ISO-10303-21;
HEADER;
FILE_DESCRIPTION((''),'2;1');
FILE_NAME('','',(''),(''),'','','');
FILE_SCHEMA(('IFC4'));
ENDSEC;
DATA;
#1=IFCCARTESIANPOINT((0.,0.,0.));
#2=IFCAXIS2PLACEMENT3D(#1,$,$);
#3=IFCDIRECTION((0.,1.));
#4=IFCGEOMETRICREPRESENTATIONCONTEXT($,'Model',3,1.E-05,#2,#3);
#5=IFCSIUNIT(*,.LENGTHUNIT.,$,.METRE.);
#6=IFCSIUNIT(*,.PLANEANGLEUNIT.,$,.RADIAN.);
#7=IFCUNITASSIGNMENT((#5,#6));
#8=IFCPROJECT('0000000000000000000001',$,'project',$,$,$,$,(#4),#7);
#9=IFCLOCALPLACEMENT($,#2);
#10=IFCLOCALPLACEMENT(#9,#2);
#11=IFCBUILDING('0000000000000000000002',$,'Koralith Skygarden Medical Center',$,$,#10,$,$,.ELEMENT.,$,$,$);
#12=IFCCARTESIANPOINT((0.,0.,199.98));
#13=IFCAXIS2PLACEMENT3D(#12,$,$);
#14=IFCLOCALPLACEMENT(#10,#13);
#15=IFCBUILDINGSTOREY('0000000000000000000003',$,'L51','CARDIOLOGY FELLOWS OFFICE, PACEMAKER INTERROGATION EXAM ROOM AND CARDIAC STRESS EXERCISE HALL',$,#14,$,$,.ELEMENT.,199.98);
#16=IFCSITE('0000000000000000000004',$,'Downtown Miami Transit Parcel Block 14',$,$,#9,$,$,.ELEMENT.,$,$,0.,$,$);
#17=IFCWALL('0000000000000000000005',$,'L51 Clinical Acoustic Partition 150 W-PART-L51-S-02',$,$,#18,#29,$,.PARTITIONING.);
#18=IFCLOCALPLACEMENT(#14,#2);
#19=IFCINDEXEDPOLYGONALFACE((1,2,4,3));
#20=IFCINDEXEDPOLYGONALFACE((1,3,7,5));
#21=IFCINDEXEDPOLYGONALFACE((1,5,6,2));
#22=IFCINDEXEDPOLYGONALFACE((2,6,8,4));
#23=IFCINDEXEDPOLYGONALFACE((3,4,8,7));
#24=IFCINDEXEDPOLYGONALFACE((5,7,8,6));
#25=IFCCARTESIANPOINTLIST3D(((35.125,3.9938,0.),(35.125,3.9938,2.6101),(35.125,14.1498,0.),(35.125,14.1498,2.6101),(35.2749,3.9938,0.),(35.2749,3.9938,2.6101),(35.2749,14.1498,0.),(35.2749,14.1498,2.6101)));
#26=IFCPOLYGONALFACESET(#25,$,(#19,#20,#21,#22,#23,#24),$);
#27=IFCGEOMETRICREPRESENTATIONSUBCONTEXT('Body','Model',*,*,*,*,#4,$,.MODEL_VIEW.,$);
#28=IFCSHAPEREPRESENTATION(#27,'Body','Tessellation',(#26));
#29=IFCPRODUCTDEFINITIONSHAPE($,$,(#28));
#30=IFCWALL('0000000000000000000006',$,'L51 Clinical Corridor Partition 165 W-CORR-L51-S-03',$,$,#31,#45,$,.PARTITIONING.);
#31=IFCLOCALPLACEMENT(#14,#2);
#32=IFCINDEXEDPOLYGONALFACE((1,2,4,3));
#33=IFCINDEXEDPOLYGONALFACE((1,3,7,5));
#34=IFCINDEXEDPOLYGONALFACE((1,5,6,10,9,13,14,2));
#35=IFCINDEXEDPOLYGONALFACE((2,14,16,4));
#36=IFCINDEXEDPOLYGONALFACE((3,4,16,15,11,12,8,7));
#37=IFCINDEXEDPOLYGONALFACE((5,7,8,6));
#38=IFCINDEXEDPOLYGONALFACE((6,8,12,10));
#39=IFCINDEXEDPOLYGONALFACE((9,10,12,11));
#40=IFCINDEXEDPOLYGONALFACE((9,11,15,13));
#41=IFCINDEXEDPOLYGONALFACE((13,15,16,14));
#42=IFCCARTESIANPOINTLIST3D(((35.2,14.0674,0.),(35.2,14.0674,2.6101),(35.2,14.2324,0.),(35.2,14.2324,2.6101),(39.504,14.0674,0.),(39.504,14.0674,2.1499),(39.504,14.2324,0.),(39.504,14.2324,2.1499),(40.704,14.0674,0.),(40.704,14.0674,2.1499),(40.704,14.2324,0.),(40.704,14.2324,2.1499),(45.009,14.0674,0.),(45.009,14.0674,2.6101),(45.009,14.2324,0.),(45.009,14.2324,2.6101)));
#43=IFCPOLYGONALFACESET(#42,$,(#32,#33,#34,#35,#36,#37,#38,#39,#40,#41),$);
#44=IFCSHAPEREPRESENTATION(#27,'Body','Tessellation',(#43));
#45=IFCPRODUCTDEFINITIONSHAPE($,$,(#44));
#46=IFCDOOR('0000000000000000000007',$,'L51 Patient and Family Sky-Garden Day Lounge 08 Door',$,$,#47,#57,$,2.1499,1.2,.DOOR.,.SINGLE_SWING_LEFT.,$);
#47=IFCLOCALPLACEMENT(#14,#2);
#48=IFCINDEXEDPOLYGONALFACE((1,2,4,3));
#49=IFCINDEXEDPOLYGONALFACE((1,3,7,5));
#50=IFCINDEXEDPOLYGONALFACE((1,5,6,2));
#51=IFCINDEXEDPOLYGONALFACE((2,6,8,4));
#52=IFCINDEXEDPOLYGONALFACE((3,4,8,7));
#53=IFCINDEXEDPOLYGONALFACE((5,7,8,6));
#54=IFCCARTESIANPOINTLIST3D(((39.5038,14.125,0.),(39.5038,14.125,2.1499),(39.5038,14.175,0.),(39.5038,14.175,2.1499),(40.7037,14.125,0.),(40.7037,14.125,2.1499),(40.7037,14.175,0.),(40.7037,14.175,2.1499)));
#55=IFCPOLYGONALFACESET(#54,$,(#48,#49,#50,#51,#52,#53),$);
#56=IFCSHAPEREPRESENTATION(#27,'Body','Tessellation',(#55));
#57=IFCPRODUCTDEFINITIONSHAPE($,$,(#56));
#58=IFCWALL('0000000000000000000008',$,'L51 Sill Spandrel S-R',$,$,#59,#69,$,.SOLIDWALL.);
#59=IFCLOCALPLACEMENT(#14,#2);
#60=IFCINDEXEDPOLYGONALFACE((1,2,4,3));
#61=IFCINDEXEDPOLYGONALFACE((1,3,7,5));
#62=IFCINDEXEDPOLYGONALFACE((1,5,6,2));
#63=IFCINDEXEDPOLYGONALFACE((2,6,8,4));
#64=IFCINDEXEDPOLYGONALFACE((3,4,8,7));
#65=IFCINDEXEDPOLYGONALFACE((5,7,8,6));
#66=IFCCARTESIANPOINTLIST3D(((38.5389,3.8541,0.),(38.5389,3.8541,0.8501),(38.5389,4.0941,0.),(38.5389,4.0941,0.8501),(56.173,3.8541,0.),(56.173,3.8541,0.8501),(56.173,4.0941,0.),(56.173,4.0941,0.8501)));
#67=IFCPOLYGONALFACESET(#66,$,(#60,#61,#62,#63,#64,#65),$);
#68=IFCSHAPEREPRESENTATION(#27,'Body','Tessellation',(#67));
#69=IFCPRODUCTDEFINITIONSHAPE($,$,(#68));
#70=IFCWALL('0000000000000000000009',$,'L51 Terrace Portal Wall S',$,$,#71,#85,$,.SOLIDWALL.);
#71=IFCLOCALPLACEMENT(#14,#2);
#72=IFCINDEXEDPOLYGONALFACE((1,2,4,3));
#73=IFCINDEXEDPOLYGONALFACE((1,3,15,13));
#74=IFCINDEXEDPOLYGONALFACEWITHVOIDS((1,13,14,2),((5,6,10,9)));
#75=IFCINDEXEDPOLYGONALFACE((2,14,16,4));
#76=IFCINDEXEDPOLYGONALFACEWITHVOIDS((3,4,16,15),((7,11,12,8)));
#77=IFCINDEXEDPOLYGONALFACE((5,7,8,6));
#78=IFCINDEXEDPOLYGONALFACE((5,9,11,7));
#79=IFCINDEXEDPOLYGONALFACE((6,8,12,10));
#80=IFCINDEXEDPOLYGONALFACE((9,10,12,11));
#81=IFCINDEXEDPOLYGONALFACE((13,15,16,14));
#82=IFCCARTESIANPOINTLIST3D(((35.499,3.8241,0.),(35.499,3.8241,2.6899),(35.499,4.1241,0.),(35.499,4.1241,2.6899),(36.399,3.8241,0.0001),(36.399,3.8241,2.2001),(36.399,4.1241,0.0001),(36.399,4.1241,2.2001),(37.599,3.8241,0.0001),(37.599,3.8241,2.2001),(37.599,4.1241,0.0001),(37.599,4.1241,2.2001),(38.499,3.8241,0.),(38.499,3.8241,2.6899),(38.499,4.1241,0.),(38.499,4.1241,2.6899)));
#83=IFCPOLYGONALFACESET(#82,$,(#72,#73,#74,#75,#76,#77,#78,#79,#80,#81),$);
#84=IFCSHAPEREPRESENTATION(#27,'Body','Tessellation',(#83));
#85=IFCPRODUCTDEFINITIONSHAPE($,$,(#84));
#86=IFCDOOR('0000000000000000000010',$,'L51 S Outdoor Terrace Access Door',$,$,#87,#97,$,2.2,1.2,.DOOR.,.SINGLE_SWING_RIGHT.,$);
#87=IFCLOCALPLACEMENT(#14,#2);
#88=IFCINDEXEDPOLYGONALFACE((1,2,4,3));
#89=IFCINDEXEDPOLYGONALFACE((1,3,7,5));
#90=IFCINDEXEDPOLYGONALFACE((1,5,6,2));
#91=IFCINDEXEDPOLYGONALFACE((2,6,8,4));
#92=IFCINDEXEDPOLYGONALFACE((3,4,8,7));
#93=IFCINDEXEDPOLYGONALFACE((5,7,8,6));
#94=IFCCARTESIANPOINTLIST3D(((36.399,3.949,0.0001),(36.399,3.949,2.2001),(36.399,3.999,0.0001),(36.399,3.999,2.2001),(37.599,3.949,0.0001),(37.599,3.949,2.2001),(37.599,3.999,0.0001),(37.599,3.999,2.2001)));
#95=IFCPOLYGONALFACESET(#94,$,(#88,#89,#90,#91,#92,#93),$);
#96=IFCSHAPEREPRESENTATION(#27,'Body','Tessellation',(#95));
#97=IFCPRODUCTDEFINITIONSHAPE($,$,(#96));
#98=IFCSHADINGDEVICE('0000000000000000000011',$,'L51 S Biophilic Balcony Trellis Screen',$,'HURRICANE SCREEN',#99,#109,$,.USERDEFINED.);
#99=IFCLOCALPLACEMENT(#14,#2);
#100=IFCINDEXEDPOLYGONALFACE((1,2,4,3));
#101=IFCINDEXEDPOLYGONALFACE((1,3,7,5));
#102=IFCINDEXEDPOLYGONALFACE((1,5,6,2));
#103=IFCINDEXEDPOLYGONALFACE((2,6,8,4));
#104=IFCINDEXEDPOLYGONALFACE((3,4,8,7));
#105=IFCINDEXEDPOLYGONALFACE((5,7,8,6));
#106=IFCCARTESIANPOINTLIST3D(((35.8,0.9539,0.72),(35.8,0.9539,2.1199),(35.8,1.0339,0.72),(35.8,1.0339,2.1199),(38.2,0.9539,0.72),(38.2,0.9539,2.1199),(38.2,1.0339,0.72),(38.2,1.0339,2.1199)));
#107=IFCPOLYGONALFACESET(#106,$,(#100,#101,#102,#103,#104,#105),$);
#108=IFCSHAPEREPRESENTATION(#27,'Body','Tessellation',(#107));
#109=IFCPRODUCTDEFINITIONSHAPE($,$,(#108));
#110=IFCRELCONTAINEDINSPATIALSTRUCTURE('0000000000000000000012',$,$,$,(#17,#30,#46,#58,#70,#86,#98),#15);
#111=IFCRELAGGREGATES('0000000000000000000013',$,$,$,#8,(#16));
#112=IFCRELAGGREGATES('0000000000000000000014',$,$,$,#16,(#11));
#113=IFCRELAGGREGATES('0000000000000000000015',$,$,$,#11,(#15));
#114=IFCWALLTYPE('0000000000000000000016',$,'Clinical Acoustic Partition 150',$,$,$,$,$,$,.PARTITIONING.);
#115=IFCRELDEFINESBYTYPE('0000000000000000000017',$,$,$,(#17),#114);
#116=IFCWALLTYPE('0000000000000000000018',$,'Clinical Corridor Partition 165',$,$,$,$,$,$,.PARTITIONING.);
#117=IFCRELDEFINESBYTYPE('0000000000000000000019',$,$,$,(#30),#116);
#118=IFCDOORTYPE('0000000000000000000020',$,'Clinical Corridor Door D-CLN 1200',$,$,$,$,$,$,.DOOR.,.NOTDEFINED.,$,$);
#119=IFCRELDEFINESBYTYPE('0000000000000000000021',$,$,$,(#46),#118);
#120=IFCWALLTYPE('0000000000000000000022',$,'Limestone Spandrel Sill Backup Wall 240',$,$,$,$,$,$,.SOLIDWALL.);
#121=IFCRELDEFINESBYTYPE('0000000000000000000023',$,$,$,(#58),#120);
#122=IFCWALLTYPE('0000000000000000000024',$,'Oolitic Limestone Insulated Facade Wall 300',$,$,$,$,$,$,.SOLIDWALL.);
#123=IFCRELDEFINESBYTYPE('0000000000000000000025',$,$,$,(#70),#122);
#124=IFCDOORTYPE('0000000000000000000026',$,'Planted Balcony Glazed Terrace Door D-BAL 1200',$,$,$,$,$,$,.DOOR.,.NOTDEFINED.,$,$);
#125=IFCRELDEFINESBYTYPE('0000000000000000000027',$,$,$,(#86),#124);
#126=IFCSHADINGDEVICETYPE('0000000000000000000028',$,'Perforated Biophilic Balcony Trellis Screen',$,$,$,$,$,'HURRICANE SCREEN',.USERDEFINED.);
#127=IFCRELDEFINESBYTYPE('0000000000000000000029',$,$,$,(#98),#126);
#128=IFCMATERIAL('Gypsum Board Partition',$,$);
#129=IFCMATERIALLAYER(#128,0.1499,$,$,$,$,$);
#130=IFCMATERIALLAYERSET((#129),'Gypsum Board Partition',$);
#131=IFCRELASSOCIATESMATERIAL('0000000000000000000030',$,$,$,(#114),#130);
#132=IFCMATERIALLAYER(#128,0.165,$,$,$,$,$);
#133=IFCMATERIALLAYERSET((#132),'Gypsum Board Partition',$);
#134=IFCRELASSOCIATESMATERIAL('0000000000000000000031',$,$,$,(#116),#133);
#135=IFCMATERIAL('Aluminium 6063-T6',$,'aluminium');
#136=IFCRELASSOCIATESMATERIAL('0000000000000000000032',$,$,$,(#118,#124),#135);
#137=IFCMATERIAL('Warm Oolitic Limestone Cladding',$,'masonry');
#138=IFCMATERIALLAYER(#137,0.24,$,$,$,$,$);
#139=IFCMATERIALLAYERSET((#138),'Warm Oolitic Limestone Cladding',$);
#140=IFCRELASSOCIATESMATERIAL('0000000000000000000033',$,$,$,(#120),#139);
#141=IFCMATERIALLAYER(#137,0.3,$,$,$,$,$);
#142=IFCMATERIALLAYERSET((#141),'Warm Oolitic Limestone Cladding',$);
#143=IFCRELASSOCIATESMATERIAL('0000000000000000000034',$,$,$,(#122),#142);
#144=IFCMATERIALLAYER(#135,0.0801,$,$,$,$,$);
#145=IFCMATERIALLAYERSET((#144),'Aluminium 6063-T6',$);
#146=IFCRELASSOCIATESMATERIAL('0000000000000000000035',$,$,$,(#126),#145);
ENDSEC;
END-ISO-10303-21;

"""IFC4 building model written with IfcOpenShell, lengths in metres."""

from ifc_helpers import new_model, si_unit, direction, frame, frame_2d, origin, origin_2d, place, context, subcontext, project, spatial, rectangle, extrude, material, layer, layer_set, type_object, element, fill, save


model = new_model("IFC4")

# Units and contexts
model_context = context("Model", 3, precision=1e-05, world=origin(), true_north=direction((0.0, 1.0)))
body_context = subcontext(model_context, "Body", "Model", "MODEL_VIEW")
ifc_project = project(units=[si_unit("LENGTHUNIT", "METRE"), si_unit("PLANEANGLEUNIT", "RADIAN")], contexts=[model_context])

# Site, building, storey
site_placement = place(None, origin())
site = spatial("IfcSite", under=ifc_project, at=site_placement, Name="Downtown Miami Transit Parcel Block 14", CompositionType="ELEMENT", RefElevation=0.0)
building_placement = place(site_placement, origin())
building = spatial("IfcBuilding", under=site, at=building_placement, Name="Koralith Skygarden Medical Center", CompositionType="ELEMENT")
storey_placement = place(building_placement, frame((0.0, 0.0, 199.98)))
storey = spatial("IfcBuildingStorey", under=building, at=storey_placement, Name="L51", Description="CARDIOLOGY FELLOWS OFFICE, PACEMAKER INTERROGATION EXAM ROOM AND CARDIAC STRESS EXERCISE HALL", CompositionType="ELEMENT", Elevation=199.98)

# Shared definitions
ifc_material_1 = material(Name="Aluminium 6063-T6", Category="aluminium")

# Wall
ifc_material_2 = material(Name="Gypsum Board Partition")
ifc_layer_1 = layer(ifc_material_2, 0.1499)
ifc_layer_set_1 = layer_set([ifc_layer_1], Name="Gypsum Board Partition")
wall_type_1 = type_object("IfcWallType", Name="Clinical Acoustic Partition 150", PredefinedType="PARTITIONING", material=ifc_layer_set_1)
wall_1_placement = place(storey_placement, frame((35.2, 14.1499, 0.0), z_axis=(0.0, 0.0, 1.0), x_axis=(0.0, -1.0, 0.0)))
element("IfcWall", 1, at=wall_1_placement, inside=storey, type_object=wall_type_1, Name="L51 Clinical Acoustic Partition 150 W-PART-L51-S-02", PredefinedType="PARTITIONING", context=body_context, shape_type="SweptSolid", body=[
    extrude(rectangle(XDim=10.156, YDim=0.1499, at=frame_2d((5.0781, 0.0))), origin(), (0.0, 0.0, 1.0), 2.6101),
])

# Wall, opening, door
ifc_layer_2 = layer(ifc_material_2, 0.165)
ifc_layer_set_2 = layer_set([ifc_layer_2], Name="Gypsum Board Partition")
wall_type_2 = type_object("IfcWallType", Name="Clinical Corridor Partition 165", PredefinedType="PARTITIONING", material=ifc_layer_set_2)
wall_2_placement = place(storey_placement, frame((35.2, 14.1499, 0.0), z_axis=(0.0, 0.0, 1.0), x_axis=(1.0, 0.0, 0.0)))
wall_2 = element("IfcWall", 2, at=wall_2_placement, inside=storey, type_object=wall_type_2, Name="L51 Clinical Corridor Partition 165 W-CORR-L51-S-03", PredefinedType="PARTITIONING", context=body_context, shape_type="SweptSolid", body=[
    extrude(rectangle(XDim=9.8091, YDim=0.165, at=frame_2d((4.9045, 0.0))), origin(), (0.0, 0.0, 1.0), 2.6101),
])
opening_1_placement = place(wall_2_placement, frame((4.304, 0.0, 0.0)))
opening_1 = element("IfcOpeningElement", 3, at=opening_1_placement, cuts=wall_2, PredefinedType="OPENING", context=body_context, shape_type="SweptSolid", body=[
    extrude(rectangle(XDim=1.2, YDim=2.1499, at=frame_2d((0.6001, 1.075))), frame((0.0, 0.0925, 0.0), z_axis=(0.0, -1.0, 0.0), x_axis=(1.0, 0.0, 0.0)), (0.0, 0.0, 1.0), 0.1851),
])
door_type_1 = type_object("IfcDoorType", Name="Clinical Corridor Door D-CLN 1200", OperationType="NOTDEFINED", PredefinedType="DOOR", material=ifc_material_1)
door_1_placement = place(opening_1_placement, frame((1.2, 0.0, 0.0), z_axis=(0.0, 0.0, 1.0), x_axis=(-1.0, 0.0, 0.0)))
door_1 = element("IfcDoor", 4, at=door_1_placement, inside=storey, type_object=door_type_1, Name="L51 Patient and Family Sky-Garden Day Lounge 08 Door", OperationType="SINGLE_SWING_LEFT", OverallHeight=2.1499, OverallWidth=1.2, PredefinedType="DOOR", context=body_context, shape_type="SweptSolid", body=[
    extrude(rectangle(XDim=1.2, YDim=2.1499, at=frame_2d((0.6001, 1.075))), frame((0.0, 0.0249, 0.0), z_axis=(0.0, -1.0, 0.0), x_axis=(1.0, 0.0, 0.0)), (0.0, 0.0, 1.0), 0.05),
])
fill(opening_1, door_1)

# Wall
ifc_material_3 = material(Name="Warm Oolitic Limestone Cladding", Category="masonry")
ifc_layer_3 = layer(ifc_material_3, 0.24)
ifc_layer_set_3 = layer_set([ifc_layer_3], Name="Warm Oolitic Limestone Cladding")
wall_type_3 = type_object("IfcWallType", Name="Limestone Spandrel Sill Backup Wall 240", PredefinedType="SOLIDWALL", material=ifc_layer_set_3)
wall_3_placement = place(storey_placement, frame((38.5391, 3.9741, 0.0), z_axis=(0.0, 0.0, 1.0), x_axis=(1.0, 0.0, 0.0)))
element("IfcWall", 5, at=wall_3_placement, inside=storey, type_object=wall_type_3, Name="L51 Sill Spandrel S-R", PredefinedType="SOLIDWALL", context=body_context, shape_type="SweptSolid", body=[
    extrude(rectangle(XDim=17.634, YDim=0.24, at=frame_2d((8.8169, 0.0))), origin(), (0.0, 0.0, 1.0), 0.8501),
])

# Wall, opening, door
ifc_layer_4 = layer(ifc_material_3, 0.3)
ifc_layer_set_4 = layer_set([ifc_layer_4], Name="Warm Oolitic Limestone Cladding")
wall_type_4 = type_object("IfcWallType", Name="Oolitic Limestone Insulated Facade Wall 300", PredefinedType="SOLIDWALL", material=ifc_layer_set_4)
wall_4_placement = place(storey_placement, frame((35.499, 3.9741, 0.0), z_axis=(0.0, 0.0, 1.0), x_axis=(1.0, 0.0, 0.0)))
wall_4 = element("IfcWall", 6, at=wall_4_placement, inside=storey, type_object=wall_type_4, Name="L51 Terrace Portal Wall S", PredefinedType="SOLIDWALL", context=body_context, shape_type="SweptSolid", body=[
    extrude(rectangle(XDim=3.0, YDim=0.3, at=frame_2d((1.5, 0.0))), origin(), (0.0, 0.0, 1.0), 2.6899),
])
opening_2_placement = place(wall_4_placement, frame((0.8999, 0.0, 0.0)))
opening_2 = element("IfcOpeningElement", 7, at=opening_2_placement, cuts=wall_4, PredefinedType="OPENING", context=body_context, shape_type="SweptSolid", body=[
    extrude(rectangle(XDim=1.2, YDim=2.2, at=frame_2d((0.6001, 1.1001))), frame((0.0, 0.1599, 0.0), z_axis=(0.0, -1.0, 0.0), x_axis=(1.0, 0.0, 0.0)), (0.0, 0.0, 1.0), 0.3201),
])
door_type_2 = type_object("IfcDoorType", Name="Planted Balcony Glazed Terrace Door D-BAL 1200", OperationType="NOTDEFINED", PredefinedType="DOOR", material=ifc_material_1)
door_2_placement = place(opening_2_placement, origin())
door_2 = element("IfcDoor", 8, at=door_2_placement, inside=storey, type_object=door_type_2, Name="L51 S Outdoor Terrace Access Door", OperationType="SINGLE_SWING_RIGHT", OverallHeight=2.2, OverallWidth=1.2, PredefinedType="DOOR", context=body_context, shape_type="SweptSolid", body=[
    extrude(rectangle(XDim=1.2, YDim=2.2, at=frame_2d((0.6001, 1.1001))), frame((0.0, 0.0249, 0.0), z_axis=(0.0, -1.0, 0.0), x_axis=(1.0, 0.0, 0.0)), (0.0, 0.0, 1.0), 0.05),
])
fill(opening_2, door_2)

# Shading device
ifc_layer_5 = layer(ifc_material_1, 0.0801)
ifc_layer_set_5 = layer_set([ifc_layer_5], Name="Aluminium 6063-T6")
shading_device_type = type_object("IfcShadingDeviceType", Name="Perforated Biophilic Balcony Trellis Screen", ElementType="HURRICANE SCREEN", PredefinedType="USERDEFINED", material=ifc_layer_set_5)
shading_device_placement = place(storey_placement, frame((37.0, 0.9939, 0.72), z_axis=(0.0, 0.0, 1.0), x_axis=(1.0, 0.0, 0.0)))
element("IfcShadingDevice", 9, at=shading_device_placement, inside=storey, type_object=shading_device_type, Name="L51 S Biophilic Balcony Trellis Screen", ObjectType="HURRICANE SCREEN", PredefinedType="USERDEFINED", context=body_context, shape_type="SweptSolid", body=[
    extrude(rectangle(XDim=2.3999, YDim=0.0801, at=origin_2d()), origin(), (0.0, 0.0, 1.0), 1.3999),
])

save(model, "model.ifc")
